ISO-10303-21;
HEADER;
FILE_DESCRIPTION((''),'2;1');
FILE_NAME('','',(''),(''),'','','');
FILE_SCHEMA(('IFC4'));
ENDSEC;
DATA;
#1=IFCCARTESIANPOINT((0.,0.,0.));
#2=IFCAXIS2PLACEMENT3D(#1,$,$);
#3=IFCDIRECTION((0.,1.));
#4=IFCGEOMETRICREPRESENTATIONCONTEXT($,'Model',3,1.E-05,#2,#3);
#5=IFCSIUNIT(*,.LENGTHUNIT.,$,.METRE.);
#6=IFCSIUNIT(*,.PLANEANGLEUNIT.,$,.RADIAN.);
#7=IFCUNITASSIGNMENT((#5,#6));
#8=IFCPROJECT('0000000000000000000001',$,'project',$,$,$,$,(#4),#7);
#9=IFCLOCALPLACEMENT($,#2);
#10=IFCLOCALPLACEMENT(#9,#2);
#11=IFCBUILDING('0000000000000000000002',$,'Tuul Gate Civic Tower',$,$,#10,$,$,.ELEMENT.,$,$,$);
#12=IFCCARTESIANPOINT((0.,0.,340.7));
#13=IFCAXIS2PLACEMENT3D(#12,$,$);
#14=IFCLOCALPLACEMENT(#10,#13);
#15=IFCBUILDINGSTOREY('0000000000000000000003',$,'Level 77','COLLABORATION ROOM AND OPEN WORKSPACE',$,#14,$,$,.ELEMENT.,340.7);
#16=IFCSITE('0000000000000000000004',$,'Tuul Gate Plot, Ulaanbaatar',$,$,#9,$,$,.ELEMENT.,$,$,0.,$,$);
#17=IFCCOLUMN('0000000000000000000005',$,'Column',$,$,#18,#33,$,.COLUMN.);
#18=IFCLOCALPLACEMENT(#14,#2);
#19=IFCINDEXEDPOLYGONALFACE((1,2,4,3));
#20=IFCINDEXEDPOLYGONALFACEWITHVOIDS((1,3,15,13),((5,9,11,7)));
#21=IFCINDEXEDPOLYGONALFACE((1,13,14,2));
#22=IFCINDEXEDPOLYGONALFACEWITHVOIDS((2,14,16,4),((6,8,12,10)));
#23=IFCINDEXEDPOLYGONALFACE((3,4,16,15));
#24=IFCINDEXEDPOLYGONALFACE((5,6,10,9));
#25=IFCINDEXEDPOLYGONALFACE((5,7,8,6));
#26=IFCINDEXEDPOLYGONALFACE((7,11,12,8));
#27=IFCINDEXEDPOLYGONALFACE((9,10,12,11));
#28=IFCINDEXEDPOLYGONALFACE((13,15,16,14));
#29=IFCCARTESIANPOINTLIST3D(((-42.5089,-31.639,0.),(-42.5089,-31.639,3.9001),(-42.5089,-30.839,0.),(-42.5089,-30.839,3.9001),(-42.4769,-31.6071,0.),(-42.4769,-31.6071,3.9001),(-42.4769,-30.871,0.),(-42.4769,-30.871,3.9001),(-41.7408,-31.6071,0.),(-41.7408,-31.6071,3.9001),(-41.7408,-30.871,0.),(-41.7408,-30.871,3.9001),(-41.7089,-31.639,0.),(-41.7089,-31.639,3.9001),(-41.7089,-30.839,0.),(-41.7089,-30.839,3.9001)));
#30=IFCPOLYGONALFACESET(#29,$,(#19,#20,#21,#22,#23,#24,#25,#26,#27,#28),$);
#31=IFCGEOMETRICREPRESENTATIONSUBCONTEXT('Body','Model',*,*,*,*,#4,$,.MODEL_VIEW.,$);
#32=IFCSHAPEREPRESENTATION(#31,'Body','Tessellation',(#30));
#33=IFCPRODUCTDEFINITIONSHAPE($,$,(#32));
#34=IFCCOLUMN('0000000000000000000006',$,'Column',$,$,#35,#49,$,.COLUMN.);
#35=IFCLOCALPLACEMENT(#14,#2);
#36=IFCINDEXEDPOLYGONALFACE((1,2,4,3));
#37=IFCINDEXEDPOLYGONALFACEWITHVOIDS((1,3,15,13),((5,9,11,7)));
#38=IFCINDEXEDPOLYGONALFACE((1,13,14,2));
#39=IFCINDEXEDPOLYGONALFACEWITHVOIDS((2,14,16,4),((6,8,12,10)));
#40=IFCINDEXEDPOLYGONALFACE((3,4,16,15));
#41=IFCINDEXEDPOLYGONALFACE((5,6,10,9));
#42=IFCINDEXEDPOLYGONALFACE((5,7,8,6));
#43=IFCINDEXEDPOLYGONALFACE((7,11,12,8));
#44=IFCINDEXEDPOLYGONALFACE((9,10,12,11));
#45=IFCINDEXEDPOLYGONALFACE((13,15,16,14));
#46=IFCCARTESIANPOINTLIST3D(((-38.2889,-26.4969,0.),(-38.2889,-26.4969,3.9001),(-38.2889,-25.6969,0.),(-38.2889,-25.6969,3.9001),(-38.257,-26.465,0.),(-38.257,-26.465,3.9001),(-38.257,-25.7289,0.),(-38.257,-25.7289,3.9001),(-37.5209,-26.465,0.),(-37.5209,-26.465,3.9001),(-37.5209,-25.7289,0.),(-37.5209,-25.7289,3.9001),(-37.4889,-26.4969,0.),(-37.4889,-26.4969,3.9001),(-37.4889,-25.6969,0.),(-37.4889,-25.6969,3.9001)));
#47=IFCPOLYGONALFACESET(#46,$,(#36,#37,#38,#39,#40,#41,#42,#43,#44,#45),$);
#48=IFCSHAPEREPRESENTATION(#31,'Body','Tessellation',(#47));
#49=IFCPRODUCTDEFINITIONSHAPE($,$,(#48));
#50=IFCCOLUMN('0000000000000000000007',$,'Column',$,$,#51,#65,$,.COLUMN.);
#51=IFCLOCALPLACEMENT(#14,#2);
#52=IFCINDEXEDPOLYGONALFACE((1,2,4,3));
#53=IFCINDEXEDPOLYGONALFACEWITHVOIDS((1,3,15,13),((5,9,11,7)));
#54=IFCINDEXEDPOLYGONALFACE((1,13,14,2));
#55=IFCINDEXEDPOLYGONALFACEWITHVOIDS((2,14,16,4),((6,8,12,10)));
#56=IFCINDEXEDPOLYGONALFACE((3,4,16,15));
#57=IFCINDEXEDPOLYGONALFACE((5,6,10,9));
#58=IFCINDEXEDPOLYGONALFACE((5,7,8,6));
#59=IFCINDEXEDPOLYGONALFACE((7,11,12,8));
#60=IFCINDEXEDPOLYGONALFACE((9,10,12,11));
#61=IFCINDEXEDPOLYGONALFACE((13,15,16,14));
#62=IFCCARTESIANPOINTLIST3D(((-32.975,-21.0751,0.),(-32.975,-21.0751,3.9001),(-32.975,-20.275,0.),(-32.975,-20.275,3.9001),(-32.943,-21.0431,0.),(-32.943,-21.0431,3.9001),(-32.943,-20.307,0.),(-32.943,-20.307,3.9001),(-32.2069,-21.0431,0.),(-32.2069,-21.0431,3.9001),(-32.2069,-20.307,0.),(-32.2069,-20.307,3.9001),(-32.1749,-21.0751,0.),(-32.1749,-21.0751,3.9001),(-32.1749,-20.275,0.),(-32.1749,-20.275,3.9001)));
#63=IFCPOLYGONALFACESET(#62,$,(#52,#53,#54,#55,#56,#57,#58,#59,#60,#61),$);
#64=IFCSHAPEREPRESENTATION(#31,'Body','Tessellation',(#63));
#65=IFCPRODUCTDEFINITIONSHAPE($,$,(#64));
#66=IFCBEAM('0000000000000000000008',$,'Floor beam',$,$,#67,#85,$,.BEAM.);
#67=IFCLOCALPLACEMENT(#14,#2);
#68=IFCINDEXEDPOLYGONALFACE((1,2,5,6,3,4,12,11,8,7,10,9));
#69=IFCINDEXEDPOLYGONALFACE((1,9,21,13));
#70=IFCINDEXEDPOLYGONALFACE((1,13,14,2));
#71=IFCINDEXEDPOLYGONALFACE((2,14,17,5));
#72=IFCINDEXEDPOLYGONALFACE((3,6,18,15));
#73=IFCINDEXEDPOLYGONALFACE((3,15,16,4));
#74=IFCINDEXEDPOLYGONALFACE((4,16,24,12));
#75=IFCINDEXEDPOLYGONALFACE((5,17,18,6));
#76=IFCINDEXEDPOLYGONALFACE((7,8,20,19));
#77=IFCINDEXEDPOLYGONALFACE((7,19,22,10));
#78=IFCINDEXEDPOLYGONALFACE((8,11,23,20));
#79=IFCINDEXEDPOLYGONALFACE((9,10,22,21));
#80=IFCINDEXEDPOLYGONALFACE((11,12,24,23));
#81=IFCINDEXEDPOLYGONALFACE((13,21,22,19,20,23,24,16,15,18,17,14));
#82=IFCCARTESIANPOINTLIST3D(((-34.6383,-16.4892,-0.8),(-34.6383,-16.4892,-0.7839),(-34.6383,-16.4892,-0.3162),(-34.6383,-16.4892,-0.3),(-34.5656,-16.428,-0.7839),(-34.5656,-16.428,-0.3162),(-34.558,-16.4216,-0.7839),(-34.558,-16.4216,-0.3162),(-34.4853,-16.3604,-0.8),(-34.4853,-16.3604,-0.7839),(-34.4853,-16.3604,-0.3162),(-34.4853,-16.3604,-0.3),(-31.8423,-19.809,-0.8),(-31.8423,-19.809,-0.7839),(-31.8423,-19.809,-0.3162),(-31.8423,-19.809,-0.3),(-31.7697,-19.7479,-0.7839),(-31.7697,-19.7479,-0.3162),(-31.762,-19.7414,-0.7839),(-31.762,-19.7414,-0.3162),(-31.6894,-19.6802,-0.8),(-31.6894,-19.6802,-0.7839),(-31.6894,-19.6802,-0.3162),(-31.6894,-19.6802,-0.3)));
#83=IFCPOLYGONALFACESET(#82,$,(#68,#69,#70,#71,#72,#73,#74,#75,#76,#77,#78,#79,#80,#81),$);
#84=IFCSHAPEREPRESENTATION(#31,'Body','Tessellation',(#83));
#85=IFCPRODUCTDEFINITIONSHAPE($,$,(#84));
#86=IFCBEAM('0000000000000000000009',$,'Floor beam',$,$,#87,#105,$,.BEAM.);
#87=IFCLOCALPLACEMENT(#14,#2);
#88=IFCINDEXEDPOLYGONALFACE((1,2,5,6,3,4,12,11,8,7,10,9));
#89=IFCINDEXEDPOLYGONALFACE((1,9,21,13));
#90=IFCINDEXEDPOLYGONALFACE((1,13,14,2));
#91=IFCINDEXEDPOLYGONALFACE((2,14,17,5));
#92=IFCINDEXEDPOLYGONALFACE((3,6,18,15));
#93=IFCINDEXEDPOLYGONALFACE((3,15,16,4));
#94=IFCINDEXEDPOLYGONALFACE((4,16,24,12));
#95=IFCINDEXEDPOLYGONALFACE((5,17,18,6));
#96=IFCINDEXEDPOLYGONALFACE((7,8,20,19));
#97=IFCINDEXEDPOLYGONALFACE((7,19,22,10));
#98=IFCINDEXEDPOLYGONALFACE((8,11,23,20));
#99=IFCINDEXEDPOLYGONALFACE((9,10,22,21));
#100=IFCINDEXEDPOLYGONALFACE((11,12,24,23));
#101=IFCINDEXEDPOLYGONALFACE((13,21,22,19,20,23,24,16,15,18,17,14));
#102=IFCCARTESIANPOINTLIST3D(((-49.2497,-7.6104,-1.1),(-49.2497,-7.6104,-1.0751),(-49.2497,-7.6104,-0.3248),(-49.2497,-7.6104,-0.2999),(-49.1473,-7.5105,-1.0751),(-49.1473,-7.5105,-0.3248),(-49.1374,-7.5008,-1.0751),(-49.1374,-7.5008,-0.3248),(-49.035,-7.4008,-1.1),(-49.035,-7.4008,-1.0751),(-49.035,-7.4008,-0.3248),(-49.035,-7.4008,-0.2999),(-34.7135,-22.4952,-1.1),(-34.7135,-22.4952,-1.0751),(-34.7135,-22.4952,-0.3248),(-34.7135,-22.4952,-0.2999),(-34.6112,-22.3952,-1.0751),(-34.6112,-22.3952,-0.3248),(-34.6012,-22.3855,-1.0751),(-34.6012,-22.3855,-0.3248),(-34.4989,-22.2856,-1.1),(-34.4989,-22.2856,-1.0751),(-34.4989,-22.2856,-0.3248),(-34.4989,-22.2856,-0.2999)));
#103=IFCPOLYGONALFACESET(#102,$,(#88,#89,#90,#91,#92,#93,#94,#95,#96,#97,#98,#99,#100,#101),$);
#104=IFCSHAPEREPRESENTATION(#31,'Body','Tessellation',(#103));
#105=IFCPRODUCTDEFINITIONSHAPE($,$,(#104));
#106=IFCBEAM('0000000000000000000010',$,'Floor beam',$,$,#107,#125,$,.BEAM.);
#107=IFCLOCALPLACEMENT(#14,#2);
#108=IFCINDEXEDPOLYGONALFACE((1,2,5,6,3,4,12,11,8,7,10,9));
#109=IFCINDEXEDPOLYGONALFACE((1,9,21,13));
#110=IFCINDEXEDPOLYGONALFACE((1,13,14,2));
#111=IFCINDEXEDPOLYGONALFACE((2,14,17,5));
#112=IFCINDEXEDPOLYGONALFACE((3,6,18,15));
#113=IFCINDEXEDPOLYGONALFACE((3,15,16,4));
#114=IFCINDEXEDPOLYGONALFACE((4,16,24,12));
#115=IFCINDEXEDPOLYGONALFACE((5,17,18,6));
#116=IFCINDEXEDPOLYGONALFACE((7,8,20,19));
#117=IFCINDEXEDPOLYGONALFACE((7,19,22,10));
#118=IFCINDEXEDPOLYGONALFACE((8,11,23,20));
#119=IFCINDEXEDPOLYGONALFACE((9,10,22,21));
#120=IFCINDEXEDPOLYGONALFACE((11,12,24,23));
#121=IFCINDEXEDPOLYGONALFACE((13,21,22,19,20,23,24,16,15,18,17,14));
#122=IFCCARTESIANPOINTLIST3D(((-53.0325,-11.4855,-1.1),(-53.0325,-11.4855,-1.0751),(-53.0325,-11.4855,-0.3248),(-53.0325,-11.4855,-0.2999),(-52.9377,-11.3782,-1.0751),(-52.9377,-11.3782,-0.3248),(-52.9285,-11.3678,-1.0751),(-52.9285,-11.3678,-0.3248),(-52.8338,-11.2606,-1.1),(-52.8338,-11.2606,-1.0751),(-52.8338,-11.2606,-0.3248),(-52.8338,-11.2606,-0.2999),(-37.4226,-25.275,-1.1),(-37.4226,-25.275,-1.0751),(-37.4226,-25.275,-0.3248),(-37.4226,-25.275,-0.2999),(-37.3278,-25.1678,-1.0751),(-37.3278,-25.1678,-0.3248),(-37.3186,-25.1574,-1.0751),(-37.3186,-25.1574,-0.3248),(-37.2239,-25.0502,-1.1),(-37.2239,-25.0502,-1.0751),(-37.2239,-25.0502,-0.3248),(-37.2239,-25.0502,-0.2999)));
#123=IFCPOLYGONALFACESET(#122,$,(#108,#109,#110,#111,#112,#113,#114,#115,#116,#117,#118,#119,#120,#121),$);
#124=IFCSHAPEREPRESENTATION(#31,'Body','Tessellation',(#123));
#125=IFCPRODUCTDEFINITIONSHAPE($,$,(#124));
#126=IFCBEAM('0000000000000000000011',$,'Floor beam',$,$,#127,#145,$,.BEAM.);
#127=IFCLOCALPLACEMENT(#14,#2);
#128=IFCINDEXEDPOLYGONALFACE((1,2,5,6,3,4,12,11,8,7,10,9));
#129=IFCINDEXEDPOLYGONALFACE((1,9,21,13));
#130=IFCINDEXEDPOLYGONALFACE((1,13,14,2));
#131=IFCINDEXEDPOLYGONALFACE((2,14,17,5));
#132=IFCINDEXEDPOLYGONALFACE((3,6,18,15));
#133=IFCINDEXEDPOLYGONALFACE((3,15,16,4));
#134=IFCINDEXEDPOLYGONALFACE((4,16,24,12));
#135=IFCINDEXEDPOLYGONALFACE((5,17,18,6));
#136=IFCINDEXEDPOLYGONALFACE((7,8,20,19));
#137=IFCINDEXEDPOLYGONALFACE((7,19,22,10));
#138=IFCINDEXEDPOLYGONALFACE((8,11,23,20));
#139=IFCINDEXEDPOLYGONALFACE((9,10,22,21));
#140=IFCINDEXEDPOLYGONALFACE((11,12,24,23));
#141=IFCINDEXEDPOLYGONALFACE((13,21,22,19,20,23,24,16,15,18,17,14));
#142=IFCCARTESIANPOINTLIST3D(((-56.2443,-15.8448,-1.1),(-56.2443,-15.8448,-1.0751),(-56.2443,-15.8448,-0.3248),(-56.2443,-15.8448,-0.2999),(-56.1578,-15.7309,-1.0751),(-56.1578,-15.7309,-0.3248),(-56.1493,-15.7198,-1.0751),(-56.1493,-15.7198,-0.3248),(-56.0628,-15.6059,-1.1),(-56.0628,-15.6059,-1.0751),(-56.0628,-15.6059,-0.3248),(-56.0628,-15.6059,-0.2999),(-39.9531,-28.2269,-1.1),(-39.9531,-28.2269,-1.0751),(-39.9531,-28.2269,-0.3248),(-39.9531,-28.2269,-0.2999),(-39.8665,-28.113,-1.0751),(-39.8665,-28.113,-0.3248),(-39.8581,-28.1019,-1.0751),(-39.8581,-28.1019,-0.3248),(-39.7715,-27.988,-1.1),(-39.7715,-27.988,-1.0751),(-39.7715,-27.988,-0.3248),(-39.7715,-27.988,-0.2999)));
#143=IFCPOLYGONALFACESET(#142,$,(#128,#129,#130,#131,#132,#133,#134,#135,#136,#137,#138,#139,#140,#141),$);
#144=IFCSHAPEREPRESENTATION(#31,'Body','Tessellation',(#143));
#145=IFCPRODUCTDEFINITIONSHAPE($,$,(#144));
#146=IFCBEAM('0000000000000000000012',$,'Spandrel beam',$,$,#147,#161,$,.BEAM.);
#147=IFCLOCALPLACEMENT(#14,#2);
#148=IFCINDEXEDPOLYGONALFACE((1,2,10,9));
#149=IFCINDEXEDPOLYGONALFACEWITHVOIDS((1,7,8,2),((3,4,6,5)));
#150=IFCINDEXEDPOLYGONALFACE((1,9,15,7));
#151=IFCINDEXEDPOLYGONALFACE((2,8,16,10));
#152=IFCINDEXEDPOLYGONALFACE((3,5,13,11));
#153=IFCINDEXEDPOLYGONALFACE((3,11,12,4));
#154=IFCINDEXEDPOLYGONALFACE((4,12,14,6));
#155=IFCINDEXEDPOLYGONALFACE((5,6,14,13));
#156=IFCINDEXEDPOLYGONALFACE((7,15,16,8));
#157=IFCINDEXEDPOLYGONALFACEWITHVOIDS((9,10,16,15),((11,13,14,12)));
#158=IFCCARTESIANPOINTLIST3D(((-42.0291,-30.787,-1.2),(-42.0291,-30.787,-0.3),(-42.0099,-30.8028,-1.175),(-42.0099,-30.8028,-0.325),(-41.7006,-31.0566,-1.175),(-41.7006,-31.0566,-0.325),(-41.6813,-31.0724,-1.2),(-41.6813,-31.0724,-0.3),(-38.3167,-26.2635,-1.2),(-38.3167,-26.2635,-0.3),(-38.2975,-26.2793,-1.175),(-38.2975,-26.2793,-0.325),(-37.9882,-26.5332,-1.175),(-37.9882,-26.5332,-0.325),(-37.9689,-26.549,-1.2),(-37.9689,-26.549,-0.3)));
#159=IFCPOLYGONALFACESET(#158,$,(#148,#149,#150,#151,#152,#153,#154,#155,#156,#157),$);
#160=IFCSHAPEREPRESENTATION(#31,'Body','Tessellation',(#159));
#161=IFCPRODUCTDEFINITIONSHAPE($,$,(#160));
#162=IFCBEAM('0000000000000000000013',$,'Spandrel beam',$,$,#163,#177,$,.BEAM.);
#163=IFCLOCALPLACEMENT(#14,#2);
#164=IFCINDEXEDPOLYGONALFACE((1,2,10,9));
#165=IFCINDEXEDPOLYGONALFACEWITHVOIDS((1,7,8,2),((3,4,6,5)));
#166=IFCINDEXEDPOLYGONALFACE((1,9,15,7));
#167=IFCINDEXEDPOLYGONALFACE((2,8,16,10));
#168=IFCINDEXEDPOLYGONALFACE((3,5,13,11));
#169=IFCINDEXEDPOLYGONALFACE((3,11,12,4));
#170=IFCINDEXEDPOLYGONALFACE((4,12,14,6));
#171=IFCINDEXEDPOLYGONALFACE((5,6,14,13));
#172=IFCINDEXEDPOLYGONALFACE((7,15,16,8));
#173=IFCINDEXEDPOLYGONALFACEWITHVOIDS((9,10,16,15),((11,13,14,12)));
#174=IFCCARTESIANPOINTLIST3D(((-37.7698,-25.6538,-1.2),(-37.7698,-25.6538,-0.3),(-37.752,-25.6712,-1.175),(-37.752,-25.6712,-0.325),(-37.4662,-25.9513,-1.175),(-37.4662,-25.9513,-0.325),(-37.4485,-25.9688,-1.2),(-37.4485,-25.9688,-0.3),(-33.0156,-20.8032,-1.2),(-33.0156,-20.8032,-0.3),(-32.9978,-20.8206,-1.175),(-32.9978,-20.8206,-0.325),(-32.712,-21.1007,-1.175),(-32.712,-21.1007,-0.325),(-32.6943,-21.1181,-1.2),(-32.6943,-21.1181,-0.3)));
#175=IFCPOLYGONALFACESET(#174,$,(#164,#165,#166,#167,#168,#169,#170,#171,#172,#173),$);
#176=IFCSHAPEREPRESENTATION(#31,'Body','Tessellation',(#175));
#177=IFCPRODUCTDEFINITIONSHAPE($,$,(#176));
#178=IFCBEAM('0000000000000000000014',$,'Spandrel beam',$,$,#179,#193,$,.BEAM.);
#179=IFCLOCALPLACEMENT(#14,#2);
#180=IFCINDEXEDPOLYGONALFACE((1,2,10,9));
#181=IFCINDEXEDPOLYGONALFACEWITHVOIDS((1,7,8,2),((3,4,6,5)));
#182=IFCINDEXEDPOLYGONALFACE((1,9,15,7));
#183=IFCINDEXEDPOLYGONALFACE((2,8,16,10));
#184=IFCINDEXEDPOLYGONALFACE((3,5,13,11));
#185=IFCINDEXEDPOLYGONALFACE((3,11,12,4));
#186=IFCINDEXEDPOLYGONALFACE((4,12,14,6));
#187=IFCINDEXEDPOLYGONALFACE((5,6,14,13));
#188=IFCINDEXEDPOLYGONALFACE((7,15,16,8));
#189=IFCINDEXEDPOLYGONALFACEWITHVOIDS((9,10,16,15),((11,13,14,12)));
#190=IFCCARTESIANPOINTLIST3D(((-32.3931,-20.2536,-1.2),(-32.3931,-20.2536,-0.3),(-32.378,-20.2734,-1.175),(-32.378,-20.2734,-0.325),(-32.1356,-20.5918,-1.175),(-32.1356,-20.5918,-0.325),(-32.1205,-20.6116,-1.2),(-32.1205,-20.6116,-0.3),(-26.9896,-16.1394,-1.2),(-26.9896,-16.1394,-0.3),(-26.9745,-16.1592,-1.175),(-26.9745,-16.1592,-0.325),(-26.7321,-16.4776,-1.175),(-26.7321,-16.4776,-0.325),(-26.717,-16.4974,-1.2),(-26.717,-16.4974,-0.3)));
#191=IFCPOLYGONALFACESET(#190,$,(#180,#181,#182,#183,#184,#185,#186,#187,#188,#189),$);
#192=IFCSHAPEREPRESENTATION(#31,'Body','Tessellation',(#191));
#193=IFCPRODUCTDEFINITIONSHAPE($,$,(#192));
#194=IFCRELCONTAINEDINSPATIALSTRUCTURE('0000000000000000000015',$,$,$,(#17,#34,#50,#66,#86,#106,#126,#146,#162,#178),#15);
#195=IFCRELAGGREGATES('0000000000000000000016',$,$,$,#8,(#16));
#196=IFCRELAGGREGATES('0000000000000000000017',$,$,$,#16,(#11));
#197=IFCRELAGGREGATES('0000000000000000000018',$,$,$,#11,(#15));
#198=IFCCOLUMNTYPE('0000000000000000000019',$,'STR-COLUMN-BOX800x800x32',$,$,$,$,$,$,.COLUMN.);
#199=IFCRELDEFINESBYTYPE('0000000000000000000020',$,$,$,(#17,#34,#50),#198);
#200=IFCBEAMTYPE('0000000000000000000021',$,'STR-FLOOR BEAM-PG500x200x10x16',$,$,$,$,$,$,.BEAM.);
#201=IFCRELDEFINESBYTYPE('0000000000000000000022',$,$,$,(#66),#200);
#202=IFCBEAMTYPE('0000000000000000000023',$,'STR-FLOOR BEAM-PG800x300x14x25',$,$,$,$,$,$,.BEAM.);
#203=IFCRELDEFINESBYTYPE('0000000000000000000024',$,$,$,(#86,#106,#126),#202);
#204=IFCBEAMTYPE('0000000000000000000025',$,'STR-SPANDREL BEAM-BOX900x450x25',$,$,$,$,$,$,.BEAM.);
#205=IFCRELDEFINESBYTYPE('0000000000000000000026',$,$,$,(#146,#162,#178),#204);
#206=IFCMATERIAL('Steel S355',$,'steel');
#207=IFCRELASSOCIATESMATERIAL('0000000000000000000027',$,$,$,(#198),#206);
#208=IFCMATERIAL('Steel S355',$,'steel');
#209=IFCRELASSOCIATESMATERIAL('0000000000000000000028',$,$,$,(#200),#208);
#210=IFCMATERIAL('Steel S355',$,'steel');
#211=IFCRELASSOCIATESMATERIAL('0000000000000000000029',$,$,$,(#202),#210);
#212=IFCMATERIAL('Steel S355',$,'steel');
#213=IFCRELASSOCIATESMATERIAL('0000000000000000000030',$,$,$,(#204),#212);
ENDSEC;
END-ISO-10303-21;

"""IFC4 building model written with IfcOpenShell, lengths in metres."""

from ifc_helpers import new_model, si_unit, direction, frame, origin, origin_2d, place, context, subcontext, project, spatial, hollow_rectangle, i_section, extrude, material, material_profile, profile_set, type_object, element, save


model = new_model("IFC4")

# Units and contexts
model_context = context("Model", 3, precision=1e-05, world=origin(), true_north=direction((0.0, 1.0)))
body_context = subcontext(model_context, "Body", "Model", "MODEL_VIEW")
ifc_project = project(units=[si_unit("LENGTHUNIT", "METRE"), si_unit("PLANEANGLEUNIT", "RADIAN")], contexts=[model_context])

# Site, building, storey
site_placement = place(None, origin())
site = spatial("IfcSite", under=ifc_project, at=site_placement, Name="Tuul Gate Plot, Ulaanbaatar", CompositionType="ELEMENT", RefElevation=0.0)
building_placement = place(site_placement, origin())
building = spatial("IfcBuilding", under=site, at=building_placement, Name="Tuul Gate Civic Tower", CompositionType="ELEMENT")
storey_placement = place(building_placement, frame((0.0, 0.0, 340.7)))
storey = spatial("IfcBuildingStorey", under=building, at=storey_placement, Name="Level 77", Description="COLLABORATION ROOM AND OPEN WORKSPACE", CompositionType="ELEMENT", Elevation=340.7)

# Columns
ifc_material_1 = material(Name="Steel S355", Category="steel")
ifc_material_profile_1 = material_profile(ifc_material_1, hollow_rectangle(XDim=0.8, YDim=0.8, WallThickness=0.032, at=origin_2d()), Name="BOX800x800x32")
ifc_profile_set_1 = profile_set([ifc_material_profile_1], Name="Steel S355")
column_type = type_object("IfcColumnType", Name="STR-COLUMN-BOX800x800x32", PredefinedType="COLUMN", material=ifc_profile_set_1)
for number, where, z_axis, x_axis, name in (
    (1, (-42.1089, -31.239, 0.0), (0.0, 0.0, 1.0), (1.0, 0.0, 0.0), "Column"),
    (2, (-37.8889, -26.0969, 0.0), (0.0, 0.0, 1.0), (1.0, 0.0, 0.0), "Column"),
    (3, (-32.575, -20.675, 0.0), (0.0, 0.0, 1.0), (1.0, 0.0, 0.0), "Column"),
):
    element("IfcColumn", number, at=place(storey_placement, frame(where, z_axis=z_axis, x_axis=x_axis)), inside=storey, type_object=column_type, Name=name, PredefinedType="COLUMN", context=body_context, shape_type="SweptSolid", body=[
        extrude(hollow_rectangle(XDim=0.8, YDim=0.8, WallThickness=0.032, at=origin_2d()), origin(), (0.0, 0.0, 1.0), 3.9001),
    ])

# Beams
ifc_material_2 = material(Name="Steel S355", Category="steel")
ifc_material_profile_2 = material_profile(ifc_material_2, i_section(OverallWidth=0.2, OverallDepth=0.5, WebThickness=0.01, FlangeThickness=0.0161, at=origin_2d()), Name="PG500x200x10x16")
ifc_profile_set_2 = profile_set([ifc_material_profile_2], Name="Steel S355")
beam_type_1 = type_object("IfcBeamType", Name="STR-FLOOR BEAM-PG500x200x10x16", PredefinedType="BEAM", material=ifc_profile_set_2)
beam_1_placement = place(storey_placement, frame((-31.7659, -19.7446, -0.55), z_axis=(-0.64417, 0.764882, 0.0), x_axis=(-0.764882, -0.64417, 0.0)))
element("IfcBeam", 4, at=beam_1_placement, inside=storey, type_object=beam_type_1, Name="Floor beam", PredefinedType="BEAM", context=body_context, shape_type="SweptSolid", body=[
    extrude(i_section(OverallWidth=0.2, OverallDepth=0.5, WebThickness=0.01, FlangeThickness=0.0161, at=origin_2d()), origin(), (0.0, 0.0, 1.0), 4.3403),
])
ifc_material_3 = material(Name="Steel S355", Category="steel")
ifc_material_profile_3 = material_profile(ifc_material_3, i_section(OverallWidth=0.3, OverallDepth=0.8, WebThickness=0.0139, FlangeThickness=0.0249, at=origin_2d()), Name="PG800x300x14x25")
ifc_profile_set_3 = profile_set([ifc_material_profile_3], Name="Steel S355")
beam_type_2 = type_object("IfcBeamType", Name="STR-FLOOR BEAM-PG800x300x14x25", PredefinedType="BEAM", material=ifc_profile_set_3)
beam_2_placement = place(storey_placement, frame((-34.6062, -22.3904, -0.7), z_axis=(-0.698679, 0.715436, 0.0), x_axis=(-0.715436, -0.698679, 0.0)))
element("IfcBeam", 5, at=beam_2_placement, inside=storey, type_object=beam_type_2, Name="Floor beam", PredefinedType="BEAM", context=body_context, shape_type="SweptSolid", body=[
    extrude(i_section(OverallWidth=0.3, OverallDepth=0.8, WebThickness=0.0139, FlangeThickness=0.0249, at=origin_2d()), origin(), (0.0, 0.0, 1.0), 20.8052),
])
beam_3_placement = place(storey_placement, frame((-37.3232, -25.1626, -0.7), z_axis=(-0.749453, 0.662057, 0.0), x_axis=(-0.662057, -0.749453, 0.0)))
element("IfcBeam", 6, at=beam_3_placement, inside=storey, type_object=beam_type_2, Name="Floor beam", PredefinedType="BEAM", context=body_context, shape_type="SweptSolid", body=[
    extrude(i_section(OverallWidth=0.3, OverallDepth=0.8, WebThickness=0.0139, FlangeThickness=0.0249, at=origin_2d()), origin(), (0.0, 0.0, 1.0), 20.8284),
])
beam_4_placement = place(storey_placement, frame((-39.8623, -28.1074, -0.7), z_axis=(-0.796145, 0.605106, 0.0), x_axis=(-0.605106, -0.796145, 0.0)))
element("IfcBeam", 7, at=beam_4_placement, inside=storey, type_object=beam_type_2, Name="Floor beam", PredefinedType="BEAM", context=body_context, shape_type="SweptSolid", body=[
    extrude(i_section(OverallWidth=0.3, OverallDepth=0.8, WebThickness=0.0139, FlangeThickness=0.0249, at=origin_2d()), origin(), (0.0, 0.0, 1.0), 20.4626),
])
ifc_material_4 = material(Name="Steel S355", Category="steel")
ifc_material_profile_4 = material_profile(ifc_material_4, hollow_rectangle(XDim=0.45, YDim=0.8999, WallThickness=0.0249, at=origin_2d()), Name="BOX900x450x25")
ifc_profile_set_4 = profile_set([ifc_material_profile_4], Name="Steel S355")
beam_type_3 = type_object("IfcBeamType", Name="STR-SPANDREL BEAM-BOX900x450x25", PredefinedType="BEAM", material=ifc_profile_set_4)
beam_5_placement = place(storey_placement, frame((-41.8552, -30.9297, -0.75), z_axis=(0.634405, 0.773001, 0.0), x_axis=(-0.773001, 0.634405, 0.0)))
element("IfcBeam", 8, at=beam_5_placement, inside=storey, type_object=beam_type_3, Name="Spandrel beam", PredefinedType="BEAM", context=body_context, shape_type="SweptSolid", body=[
    extrude(hollow_rectangle(XDim=0.45, YDim=0.8999, WallThickness=0.0249, at=origin_2d()), origin(), (0.0, 0.0, 1.0), 5.8518),
])
beam_6_placement = place(storey_placement, frame((-37.6091, -25.8113, -0.75), z_axis=(0.699972, 0.71417, 0.0), x_axis=(-0.71417, 0.699972, 0.0)))
element("IfcBeam", 9, at=beam_6_placement, inside=storey, type_object=beam_type_3, Name="Spandrel beam", PredefinedType="BEAM", context=body_context, shape_type="SweptSolid", body=[
    extrude(hollow_rectangle(XDim=0.45, YDim=0.8999, WallThickness=0.0249, at=origin_2d()), origin(), (0.0, 0.0, 1.0), 6.792),
])
beam_7_placement = place(storey_placement, frame((-32.2568, -20.4326, -0.75), z_axis=(0.795626, 0.605788, 0.0), x_axis=(-0.605788, 0.795626, 0.0)))
element("IfcBeam", 10, at=beam_7_placement, inside=storey, type_object=beam_type_3, Name="Spandrel beam", PredefinedType="BEAM", context=body_context, shape_type="SweptSolid", body=[
    extrude(hollow_rectangle(XDim=0.45, YDim=0.8999, WallThickness=0.0249, at=origin_2d()), origin(), (0.0, 0.0, 1.0), 6.7915),
])

save(model, "model.ifc")
